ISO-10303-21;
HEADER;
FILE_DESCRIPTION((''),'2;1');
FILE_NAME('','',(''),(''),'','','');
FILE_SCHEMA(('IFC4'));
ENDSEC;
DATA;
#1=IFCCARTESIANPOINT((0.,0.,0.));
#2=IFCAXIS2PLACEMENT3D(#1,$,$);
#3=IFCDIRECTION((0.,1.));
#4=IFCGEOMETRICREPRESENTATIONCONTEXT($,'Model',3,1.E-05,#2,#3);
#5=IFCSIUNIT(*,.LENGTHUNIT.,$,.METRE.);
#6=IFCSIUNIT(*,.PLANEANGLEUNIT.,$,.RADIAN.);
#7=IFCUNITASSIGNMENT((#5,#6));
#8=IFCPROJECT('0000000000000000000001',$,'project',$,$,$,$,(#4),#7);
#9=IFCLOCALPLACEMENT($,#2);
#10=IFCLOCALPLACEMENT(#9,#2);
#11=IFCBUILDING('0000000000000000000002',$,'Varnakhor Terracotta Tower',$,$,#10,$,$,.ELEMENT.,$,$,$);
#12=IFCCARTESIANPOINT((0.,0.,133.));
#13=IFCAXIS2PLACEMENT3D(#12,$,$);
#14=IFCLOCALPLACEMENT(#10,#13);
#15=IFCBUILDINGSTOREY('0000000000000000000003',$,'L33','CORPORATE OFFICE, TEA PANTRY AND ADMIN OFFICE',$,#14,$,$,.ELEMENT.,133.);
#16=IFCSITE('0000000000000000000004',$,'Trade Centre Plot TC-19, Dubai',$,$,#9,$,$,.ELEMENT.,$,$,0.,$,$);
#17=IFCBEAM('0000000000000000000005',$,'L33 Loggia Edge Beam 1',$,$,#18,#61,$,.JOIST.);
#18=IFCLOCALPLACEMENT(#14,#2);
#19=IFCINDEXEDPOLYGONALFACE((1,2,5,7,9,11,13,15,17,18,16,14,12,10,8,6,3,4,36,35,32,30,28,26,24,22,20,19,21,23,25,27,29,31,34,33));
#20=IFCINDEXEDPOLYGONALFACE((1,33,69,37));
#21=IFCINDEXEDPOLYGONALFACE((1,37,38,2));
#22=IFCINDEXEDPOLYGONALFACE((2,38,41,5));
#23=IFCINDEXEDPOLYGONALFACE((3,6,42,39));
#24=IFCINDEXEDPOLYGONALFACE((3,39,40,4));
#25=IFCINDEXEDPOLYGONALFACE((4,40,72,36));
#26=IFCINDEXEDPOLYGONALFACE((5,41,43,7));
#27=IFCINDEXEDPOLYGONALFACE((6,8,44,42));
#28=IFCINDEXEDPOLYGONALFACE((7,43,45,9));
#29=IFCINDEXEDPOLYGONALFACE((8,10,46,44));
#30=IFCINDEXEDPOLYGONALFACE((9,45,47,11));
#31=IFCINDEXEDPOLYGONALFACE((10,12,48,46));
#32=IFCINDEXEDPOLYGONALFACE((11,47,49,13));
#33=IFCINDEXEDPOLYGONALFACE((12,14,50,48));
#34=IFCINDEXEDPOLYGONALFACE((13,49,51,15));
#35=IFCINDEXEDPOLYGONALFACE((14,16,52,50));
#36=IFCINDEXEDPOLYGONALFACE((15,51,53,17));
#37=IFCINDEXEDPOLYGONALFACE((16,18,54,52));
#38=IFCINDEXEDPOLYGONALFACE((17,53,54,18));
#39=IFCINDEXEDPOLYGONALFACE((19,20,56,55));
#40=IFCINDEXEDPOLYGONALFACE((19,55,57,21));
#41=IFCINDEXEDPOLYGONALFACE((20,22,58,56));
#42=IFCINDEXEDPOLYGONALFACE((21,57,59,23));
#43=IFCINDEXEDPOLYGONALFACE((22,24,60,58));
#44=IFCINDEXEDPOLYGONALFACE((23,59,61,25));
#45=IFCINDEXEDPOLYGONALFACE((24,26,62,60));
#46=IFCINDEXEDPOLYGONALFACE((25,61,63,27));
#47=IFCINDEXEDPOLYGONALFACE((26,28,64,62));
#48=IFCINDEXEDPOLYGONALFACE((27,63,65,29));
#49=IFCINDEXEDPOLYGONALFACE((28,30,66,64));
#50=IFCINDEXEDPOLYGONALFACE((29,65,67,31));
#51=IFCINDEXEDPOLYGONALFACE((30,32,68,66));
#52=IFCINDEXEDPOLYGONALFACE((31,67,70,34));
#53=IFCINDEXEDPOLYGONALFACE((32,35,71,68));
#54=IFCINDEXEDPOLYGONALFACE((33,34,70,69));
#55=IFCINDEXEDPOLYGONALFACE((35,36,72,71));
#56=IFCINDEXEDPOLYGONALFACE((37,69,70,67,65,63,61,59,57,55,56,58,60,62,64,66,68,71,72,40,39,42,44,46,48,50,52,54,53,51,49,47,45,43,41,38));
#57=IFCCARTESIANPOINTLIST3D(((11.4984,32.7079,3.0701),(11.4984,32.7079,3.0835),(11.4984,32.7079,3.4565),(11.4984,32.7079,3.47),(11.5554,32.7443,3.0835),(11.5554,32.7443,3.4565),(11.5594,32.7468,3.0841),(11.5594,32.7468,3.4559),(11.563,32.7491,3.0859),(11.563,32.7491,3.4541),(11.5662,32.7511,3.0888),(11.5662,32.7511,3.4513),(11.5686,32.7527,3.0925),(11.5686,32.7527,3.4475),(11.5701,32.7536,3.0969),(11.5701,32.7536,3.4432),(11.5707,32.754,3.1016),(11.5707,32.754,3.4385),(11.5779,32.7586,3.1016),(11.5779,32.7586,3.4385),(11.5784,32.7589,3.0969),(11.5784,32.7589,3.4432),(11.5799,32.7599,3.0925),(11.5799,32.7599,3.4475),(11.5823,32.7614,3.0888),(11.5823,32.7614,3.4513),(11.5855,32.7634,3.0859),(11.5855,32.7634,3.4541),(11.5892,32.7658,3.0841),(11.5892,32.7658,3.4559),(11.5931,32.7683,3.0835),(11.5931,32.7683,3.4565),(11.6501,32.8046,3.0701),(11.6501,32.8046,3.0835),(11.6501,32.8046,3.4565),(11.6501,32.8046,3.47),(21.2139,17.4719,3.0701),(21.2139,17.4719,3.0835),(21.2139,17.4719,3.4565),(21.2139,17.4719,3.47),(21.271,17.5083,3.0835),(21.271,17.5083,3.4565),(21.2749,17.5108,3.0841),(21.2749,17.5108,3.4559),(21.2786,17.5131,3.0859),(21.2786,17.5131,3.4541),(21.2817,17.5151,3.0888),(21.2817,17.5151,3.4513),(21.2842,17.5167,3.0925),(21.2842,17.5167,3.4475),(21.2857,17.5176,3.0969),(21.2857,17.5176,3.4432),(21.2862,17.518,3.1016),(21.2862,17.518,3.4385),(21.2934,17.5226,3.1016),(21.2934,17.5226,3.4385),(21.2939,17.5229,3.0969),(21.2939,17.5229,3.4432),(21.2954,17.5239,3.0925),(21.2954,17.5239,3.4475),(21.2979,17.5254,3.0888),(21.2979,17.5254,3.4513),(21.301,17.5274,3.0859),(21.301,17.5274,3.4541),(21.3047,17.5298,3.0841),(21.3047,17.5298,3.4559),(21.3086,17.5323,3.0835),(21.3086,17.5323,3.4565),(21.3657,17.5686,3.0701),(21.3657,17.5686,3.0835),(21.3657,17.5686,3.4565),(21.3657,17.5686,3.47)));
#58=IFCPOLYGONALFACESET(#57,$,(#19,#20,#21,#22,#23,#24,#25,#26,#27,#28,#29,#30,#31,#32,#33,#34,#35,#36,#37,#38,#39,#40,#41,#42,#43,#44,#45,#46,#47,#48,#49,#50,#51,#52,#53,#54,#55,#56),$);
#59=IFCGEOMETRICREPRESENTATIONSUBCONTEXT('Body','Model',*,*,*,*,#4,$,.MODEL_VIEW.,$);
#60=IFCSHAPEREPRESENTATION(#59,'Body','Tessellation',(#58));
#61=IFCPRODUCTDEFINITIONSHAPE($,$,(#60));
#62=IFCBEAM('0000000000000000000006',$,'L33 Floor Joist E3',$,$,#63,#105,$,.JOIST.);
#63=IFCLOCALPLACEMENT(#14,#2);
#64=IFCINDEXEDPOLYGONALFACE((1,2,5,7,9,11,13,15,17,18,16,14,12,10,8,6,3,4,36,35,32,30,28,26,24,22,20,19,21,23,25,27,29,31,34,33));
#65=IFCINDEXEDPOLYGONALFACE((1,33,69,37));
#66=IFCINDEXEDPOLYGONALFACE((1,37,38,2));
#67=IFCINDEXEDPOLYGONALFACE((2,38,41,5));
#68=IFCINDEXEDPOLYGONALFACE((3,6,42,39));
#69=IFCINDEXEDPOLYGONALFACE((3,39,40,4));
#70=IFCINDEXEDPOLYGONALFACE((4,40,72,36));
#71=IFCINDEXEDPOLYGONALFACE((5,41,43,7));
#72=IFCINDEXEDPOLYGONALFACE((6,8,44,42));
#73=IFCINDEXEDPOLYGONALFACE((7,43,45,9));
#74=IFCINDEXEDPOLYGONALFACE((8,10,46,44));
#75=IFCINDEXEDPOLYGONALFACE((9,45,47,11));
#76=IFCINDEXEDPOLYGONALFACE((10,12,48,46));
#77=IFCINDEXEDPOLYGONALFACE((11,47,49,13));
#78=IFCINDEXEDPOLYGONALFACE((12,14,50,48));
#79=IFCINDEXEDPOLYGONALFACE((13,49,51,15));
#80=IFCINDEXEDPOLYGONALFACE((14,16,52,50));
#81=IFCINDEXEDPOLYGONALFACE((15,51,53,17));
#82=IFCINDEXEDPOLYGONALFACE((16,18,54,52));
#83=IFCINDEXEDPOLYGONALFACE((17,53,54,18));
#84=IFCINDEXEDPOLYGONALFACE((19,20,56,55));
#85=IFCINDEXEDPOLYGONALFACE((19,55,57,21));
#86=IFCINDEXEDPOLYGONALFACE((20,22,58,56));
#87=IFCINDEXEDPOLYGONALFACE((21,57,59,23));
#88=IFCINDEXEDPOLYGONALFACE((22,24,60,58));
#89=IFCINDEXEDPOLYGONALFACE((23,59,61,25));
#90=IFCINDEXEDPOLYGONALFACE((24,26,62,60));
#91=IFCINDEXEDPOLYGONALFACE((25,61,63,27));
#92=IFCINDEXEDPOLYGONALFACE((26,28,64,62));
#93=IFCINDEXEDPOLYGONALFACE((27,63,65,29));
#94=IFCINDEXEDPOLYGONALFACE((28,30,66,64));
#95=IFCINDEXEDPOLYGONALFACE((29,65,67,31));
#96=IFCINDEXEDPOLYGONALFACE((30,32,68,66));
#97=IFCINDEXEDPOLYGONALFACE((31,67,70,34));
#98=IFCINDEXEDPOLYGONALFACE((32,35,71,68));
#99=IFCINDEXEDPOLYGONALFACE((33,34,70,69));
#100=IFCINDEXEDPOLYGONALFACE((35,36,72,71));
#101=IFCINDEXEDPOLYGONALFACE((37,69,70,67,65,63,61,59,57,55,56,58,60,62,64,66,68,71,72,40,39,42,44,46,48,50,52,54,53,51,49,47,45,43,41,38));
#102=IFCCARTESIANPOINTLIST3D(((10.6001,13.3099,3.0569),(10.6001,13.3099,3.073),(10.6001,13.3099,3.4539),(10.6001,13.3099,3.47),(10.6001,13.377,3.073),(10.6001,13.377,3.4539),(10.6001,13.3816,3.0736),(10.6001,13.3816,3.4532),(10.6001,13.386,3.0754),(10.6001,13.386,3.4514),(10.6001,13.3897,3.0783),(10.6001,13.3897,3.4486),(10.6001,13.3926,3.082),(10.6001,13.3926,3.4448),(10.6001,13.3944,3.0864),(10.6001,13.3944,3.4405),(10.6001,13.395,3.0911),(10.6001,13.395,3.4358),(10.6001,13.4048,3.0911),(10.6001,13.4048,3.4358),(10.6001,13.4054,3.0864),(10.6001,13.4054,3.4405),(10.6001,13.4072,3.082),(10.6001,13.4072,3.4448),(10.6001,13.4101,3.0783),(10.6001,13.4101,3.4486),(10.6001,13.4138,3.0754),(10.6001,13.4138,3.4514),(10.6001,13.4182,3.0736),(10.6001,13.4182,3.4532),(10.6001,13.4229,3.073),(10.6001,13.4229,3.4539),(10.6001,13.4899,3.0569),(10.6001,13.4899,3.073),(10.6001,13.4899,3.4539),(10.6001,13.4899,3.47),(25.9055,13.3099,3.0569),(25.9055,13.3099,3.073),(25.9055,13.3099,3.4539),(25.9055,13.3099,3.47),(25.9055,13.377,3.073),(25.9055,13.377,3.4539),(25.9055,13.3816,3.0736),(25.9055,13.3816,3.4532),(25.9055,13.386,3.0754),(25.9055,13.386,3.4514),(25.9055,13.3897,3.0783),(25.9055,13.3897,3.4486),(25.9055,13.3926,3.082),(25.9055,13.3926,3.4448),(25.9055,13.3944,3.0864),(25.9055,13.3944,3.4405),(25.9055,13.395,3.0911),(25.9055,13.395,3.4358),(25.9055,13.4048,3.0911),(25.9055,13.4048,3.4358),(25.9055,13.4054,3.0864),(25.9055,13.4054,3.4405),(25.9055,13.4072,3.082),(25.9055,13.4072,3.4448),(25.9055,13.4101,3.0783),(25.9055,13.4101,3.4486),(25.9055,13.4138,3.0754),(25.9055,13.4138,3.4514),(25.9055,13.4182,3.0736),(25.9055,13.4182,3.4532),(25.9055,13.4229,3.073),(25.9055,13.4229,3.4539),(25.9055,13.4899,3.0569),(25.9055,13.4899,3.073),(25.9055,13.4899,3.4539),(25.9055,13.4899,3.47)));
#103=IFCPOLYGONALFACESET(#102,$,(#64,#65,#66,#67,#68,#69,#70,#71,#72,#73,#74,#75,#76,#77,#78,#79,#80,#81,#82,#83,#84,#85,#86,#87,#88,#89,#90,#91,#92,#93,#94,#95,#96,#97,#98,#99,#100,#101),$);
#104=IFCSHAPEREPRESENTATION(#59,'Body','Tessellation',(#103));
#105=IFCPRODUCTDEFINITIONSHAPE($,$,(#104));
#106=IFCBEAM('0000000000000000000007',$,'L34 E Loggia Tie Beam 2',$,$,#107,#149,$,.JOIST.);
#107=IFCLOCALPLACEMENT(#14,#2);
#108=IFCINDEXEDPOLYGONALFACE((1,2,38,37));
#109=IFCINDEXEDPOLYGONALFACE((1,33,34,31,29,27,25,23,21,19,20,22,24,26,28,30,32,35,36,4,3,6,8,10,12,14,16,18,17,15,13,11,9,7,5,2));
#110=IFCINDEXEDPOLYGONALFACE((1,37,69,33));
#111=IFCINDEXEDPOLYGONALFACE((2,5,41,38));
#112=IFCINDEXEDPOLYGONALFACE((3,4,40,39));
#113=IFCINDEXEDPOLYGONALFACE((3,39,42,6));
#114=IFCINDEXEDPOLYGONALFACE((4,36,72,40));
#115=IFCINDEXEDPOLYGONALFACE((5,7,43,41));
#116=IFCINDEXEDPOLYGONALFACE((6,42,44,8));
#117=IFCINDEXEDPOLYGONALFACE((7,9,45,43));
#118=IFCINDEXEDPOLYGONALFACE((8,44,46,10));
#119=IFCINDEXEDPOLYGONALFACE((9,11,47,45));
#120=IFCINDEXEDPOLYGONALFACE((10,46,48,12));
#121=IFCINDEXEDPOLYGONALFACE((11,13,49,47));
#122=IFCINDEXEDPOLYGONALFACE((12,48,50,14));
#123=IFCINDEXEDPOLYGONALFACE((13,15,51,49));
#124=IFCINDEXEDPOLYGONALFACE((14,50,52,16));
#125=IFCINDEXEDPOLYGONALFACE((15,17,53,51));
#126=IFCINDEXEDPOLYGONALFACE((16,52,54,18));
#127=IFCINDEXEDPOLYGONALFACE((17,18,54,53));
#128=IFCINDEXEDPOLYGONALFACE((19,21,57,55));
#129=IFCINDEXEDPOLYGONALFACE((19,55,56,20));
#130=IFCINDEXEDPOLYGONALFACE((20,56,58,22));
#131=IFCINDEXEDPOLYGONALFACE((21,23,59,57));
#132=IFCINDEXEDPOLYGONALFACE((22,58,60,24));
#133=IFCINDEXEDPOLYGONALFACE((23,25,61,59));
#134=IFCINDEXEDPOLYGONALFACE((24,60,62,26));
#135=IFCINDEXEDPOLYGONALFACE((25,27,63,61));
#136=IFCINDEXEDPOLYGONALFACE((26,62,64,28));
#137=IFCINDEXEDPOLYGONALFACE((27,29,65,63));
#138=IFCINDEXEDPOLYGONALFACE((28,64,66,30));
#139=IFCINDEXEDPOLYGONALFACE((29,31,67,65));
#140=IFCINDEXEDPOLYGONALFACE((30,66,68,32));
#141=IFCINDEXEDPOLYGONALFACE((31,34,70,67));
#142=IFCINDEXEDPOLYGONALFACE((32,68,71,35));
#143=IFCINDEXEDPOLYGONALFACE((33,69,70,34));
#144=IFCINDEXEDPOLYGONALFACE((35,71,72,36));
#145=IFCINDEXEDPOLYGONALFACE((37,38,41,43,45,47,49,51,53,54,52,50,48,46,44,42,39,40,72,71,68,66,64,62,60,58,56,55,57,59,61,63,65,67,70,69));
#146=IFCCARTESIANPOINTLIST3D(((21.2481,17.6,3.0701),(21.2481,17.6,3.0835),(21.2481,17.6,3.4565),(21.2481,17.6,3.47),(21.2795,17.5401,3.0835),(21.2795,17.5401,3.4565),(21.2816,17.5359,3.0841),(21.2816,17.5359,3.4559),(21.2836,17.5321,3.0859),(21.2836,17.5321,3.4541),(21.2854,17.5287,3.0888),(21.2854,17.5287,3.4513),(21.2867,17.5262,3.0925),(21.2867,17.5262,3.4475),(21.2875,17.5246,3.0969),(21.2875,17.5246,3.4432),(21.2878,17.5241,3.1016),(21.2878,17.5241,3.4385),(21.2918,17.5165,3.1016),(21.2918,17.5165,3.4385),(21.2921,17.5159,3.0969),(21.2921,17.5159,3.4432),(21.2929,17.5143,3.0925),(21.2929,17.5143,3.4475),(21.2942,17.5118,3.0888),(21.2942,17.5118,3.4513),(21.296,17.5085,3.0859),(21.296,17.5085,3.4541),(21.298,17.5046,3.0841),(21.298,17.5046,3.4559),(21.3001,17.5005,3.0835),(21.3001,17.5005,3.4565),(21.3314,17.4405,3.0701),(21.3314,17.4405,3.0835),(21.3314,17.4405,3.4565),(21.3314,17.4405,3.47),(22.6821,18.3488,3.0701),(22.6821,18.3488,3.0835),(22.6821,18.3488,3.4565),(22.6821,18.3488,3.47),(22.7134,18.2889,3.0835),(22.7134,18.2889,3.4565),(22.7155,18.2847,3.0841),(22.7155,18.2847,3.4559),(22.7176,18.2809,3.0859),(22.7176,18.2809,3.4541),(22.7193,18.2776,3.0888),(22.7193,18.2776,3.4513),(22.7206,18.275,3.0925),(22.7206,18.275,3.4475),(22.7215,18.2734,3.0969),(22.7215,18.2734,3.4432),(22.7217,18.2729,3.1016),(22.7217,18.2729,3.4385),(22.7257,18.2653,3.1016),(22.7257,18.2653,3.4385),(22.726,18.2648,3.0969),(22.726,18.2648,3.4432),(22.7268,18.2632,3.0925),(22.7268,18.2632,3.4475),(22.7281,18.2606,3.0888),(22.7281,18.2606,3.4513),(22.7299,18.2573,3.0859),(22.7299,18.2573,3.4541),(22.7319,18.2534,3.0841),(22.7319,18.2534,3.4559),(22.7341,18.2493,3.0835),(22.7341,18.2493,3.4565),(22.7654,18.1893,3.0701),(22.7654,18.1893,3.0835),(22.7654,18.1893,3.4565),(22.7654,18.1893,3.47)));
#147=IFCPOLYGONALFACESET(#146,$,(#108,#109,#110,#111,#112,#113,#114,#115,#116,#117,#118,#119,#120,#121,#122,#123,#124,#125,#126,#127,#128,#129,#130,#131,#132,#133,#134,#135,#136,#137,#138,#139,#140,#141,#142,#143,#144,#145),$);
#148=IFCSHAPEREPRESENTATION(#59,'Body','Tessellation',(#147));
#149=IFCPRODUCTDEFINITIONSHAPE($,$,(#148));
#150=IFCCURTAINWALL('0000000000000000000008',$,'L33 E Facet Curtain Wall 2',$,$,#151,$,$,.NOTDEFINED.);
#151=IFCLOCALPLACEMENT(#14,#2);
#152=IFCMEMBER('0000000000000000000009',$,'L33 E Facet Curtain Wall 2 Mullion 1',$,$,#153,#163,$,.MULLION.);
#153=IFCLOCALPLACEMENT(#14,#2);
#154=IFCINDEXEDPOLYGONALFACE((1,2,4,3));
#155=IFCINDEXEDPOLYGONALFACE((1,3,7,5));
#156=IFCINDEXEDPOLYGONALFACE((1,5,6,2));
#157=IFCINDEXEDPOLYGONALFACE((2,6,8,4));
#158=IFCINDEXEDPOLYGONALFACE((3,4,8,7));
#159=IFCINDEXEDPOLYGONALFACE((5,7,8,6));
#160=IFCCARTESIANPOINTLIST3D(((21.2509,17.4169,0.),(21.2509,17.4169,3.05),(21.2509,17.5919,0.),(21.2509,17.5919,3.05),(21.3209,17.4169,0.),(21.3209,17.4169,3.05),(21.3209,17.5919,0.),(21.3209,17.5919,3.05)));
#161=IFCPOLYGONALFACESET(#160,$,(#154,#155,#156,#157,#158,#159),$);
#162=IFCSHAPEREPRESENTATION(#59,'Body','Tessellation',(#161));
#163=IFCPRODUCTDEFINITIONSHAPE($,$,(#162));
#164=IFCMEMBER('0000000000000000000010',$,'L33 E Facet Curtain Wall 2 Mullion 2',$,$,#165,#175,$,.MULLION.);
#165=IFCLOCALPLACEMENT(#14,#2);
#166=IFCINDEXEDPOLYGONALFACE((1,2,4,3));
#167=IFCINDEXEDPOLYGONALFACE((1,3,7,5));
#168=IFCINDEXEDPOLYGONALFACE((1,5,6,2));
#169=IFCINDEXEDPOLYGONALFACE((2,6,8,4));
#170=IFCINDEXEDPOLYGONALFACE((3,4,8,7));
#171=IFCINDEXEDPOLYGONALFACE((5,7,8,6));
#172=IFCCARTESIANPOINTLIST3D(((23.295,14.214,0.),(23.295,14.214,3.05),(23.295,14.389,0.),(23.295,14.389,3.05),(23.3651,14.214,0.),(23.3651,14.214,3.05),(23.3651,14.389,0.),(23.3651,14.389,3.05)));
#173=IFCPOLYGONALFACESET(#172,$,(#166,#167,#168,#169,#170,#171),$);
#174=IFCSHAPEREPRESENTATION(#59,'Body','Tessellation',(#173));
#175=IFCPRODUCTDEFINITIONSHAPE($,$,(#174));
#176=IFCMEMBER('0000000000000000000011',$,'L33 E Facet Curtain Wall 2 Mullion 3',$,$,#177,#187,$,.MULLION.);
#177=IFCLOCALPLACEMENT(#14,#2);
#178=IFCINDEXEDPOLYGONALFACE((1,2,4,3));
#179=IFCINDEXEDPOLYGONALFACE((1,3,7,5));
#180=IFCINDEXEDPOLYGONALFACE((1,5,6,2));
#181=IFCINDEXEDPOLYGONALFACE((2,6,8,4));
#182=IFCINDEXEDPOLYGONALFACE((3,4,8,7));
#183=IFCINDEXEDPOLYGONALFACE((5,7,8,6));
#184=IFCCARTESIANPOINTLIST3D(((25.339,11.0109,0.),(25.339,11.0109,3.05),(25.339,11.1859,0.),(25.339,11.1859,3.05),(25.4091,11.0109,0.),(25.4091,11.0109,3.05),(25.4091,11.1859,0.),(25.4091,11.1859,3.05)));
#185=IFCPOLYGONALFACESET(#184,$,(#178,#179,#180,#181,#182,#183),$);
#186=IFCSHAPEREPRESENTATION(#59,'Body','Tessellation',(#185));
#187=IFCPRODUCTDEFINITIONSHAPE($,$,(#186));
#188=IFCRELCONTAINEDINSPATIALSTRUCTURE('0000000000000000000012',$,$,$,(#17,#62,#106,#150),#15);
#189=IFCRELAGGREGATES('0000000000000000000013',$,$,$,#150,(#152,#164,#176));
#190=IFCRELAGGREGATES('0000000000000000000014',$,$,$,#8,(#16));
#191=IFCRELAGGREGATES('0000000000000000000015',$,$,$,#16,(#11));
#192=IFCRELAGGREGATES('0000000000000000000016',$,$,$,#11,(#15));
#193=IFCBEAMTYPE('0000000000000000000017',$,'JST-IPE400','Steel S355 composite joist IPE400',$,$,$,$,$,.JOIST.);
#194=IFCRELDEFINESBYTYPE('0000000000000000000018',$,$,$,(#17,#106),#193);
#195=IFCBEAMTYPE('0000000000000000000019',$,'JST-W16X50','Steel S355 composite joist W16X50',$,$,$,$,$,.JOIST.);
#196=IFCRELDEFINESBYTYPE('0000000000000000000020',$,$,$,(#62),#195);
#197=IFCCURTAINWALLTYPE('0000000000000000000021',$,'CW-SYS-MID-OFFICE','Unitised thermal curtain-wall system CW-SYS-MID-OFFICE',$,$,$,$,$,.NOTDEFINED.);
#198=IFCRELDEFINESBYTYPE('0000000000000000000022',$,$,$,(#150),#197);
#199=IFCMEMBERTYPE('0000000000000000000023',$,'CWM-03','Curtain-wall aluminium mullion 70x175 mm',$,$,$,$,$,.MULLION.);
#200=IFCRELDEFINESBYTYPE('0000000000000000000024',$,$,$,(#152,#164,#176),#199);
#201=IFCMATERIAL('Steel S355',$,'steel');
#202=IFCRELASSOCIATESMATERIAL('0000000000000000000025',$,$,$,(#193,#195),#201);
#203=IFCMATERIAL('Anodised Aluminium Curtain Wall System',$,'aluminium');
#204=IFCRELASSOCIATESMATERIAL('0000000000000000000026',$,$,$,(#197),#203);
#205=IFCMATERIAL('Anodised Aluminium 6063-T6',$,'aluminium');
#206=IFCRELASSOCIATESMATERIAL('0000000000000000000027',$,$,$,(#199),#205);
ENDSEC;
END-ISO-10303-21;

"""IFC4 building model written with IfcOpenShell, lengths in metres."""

from ifc_helpers import new_model, si_unit, direction, frame, origin, origin_2d, place, context, subcontext, project, spatial, rectangle, i_section, extrude, source, transform, mapped, material, material_profile, profile_set, type_object, element, aggregate, save


model = new_model("IFC4")

# Units and contexts
model_context = context("Model", 3, precision=1e-05, world=origin(), true_north=direction((0.0, 1.0)))
body_context = subcontext(model_context, "Body", "Model", "MODEL_VIEW")
ifc_project = project(units=[si_unit("LENGTHUNIT", "METRE"), si_unit("PLANEANGLEUNIT", "RADIAN")], contexts=[model_context])

# Site, building, storey
site_placement = place(None, origin())
site = spatial("IfcSite", under=ifc_project, at=site_placement, Name="Trade Centre Plot TC-19, Dubai", CompositionType="ELEMENT", RefElevation=0.0)
building_placement = place(site_placement, origin())
building = spatial("IfcBuilding", under=site, at=building_placement, Name="Varnakhor Terracotta Tower", CompositionType="ELEMENT")
storey_placement = place(building_placement, frame((0.0, 0.0, 133.0)))
storey = spatial("IfcBuildingStorey", under=building, at=storey_placement, Name="L33", Description="CORPORATE OFFICE, TEA PANTRY AND ADMIN OFFICE", CompositionType="ELEMENT", Elevation=133.0)

# Beams
ifc_material_1 = material(Name="Steel S355", Category="steel")
ifc_material_profile_1 = material_profile(ifc_material_1, i_section(OverallWidth=0.1799, OverallDepth=0.3999, WebThickness=0.0085, FlangeThickness=0.0134, FilletRadius=0.0181, at=origin_2d()), Name="IPE400")
ifc_profile_set_1 = profile_set([ifc_material_profile_1], Name="Steel S355")
beam_type_1 = type_object("IfcBeamType", Name="JST-IPE400", Description="Steel S355 composite joist IPE400", PredefinedType="JOIST", material=ifc_profile_set_1)
shared_shape_1 = source(origin(), body_context, "Body", "SweptSolid", [
    extrude(i_section(OverallWidth=0.1799, OverallDepth=0.3999, WebThickness=0.0085, FlangeThickness=0.0134, FilletRadius=0.0181, at=origin_2d()), origin(), (0.0, 0.0, 1.0), 18.0701),
])
beam_1_placement = place(storey_placement, frame((21.2898, 17.5203, 3.27), z_axis=(-0.537659, 0.843163, 0.0), x_axis=(-0.843163, -0.537659, 0.0)))
element("IfcBeam", 1, at=beam_1_placement, inside=storey, type_object=beam_type_1, Name="L33 Loggia Edge Beam 1", PredefinedType="JOIST", context=body_context, shape_type="MappedRepresentation", body=[
    mapped(shared_shape_1, transform((0.0, 0.0, 0.0), scale=1.0)),
])
ifc_material_profile_2 = material_profile(ifc_material_1, i_section(OverallWidth=0.1799, OverallDepth=0.4131, WebThickness=0.0098, FlangeThickness=0.0161, FilletRadius=0.0181, at=origin_2d()), Name="W16X50")
ifc_profile_set_2 = profile_set([ifc_material_profile_2], Name="Steel S355")
beam_type_2 = type_object("IfcBeamType", Name="JST-W16X50", Description="Steel S355 composite joist W16X50", PredefinedType="JOIST", material=ifc_profile_set_2)
shared_shape_2 = source(origin(), body_context, "Body", "SweptSolid", [
    extrude(i_section(OverallWidth=0.1799, OverallDepth=0.4131, WebThickness=0.0098, FlangeThickness=0.0161, FilletRadius=0.0181, at=origin_2d()), origin(), (0.0, 0.0, 1.0), 15.3054),
])
beam_2_placement = place(storey_placement, frame((10.6001, 13.3999, 3.2634), z_axis=(1.0, 0.0, 0.0), x_axis=(0.0, 1.0, 0.0)))
element("IfcBeam", 2, at=beam_2_placement, inside=storey, type_object=beam_type_2, Name="L33 Floor Joist E3", PredefinedType="JOIST", context=body_context, shape_type="MappedRepresentation", body=[
    mapped(shared_shape_2, transform((0.0, 0.0, 0.0), scale=1.0)),
])
shared_shape_3 = source(origin(), body_context, "Body", "SweptSolid", [
    extrude(i_section(OverallWidth=0.1799, OverallDepth=0.3999, WebThickness=0.0085, FlangeThickness=0.0134, FilletRadius=0.0181, at=origin_2d()), origin(), (0.0, 0.0, 1.0), 1.6177),
])
beam_3_placement = place(storey_placement, frame((21.2898, 17.5203, 3.27), z_axis=(0.88641, 0.462901, 0.0), x_axis=(-0.462901, 0.88641, 0.0)))
element("IfcBeam", 3, at=beam_3_placement, inside=storey, type_object=beam_type_1, Name="L34 E Loggia Tie Beam 2", PredefinedType="JOIST", context=body_context, shape_type="MappedRepresentation", body=[
    mapped(shared_shape_3, transform((0.0, 0.0, 0.0), scale=1.0)),
])

# Curtain wall, members
ifc_material_2 = material(Name="Anodised Aluminium Curtain Wall System", Category="aluminium")
curtain_wall_type = type_object("IfcCurtainWallType", Name="CW-SYS-MID-OFFICE", Description="Unitised thermal curtain-wall system CW-SYS-MID-OFFICE", PredefinedType="NOTDEFINED", material=ifc_material_2)
curtain_wall_placement = place(storey_placement, origin())
curtain_wall = element("IfcCurtainWall", 4, at=curtain_wall_placement, inside=storey, type_object=curtain_wall_type, Name="L33 E Facet Curtain Wall 2", PredefinedType="NOTDEFINED")
ifc_material_3 = material(Name="Anodised Aluminium 6063-T6", Category="aluminium")
ifc_material_profile_3 = material_profile(ifc_material_3, rectangle(XDim=0.0701, YDim=0.175, at=origin_2d()), Name="ALU MULLION 70x175")
ifc_profile_set_3 = profile_set([ifc_material_profile_3], Name="Anodised Aluminium 6063-T6")
member_type_1 = type_object("IfcMemberType", Name="CWM-03", Description="Curtain-wall aluminium mullion 70x175 mm", PredefinedType="MULLION", material=ifc_profile_set_3)
shared_shape_4 = source(origin(), body_context, "Body", "SweptSolid", [
    extrude(rectangle(XDim=0.0701, YDim=0.175, at=origin_2d()), origin(), (0.0, 0.0, 1.0), 3.05),
])
member_1_placement = place(storey_placement, frame((21.2859, 17.5044, 0.0), z_axis=(0.0, 0.0, 1.0), x_axis=(1.0, 0.0, 0.0)))
member_1 = element("IfcMember", 5, at=member_1_placement, type_object=member_type_1, Name="L33 E Facet Curtain Wall 2 Mullion 1", PredefinedType="MULLION", context=body_context, shape_type="MappedRepresentation", body=[
    mapped(shared_shape_4, transform((0.0, 0.0, 0.0), scale=1.0)),
])
member_2_placement = place(storey_placement, frame((23.3301, 14.3015, 0.0), z_axis=(0.0, 0.0, 1.0), x_axis=(1.0, 0.0, 0.0)))
member_2 = element("IfcMember", 6, at=member_2_placement, type_object=member_type_1, Name="L33 E Facet Curtain Wall 2 Mullion 2", PredefinedType="MULLION", context=body_context, shape_type="MappedRepresentation", body=[
    mapped(shared_shape_4, transform((0.0, 0.0, 0.0), scale=1.0)),
])
member_3_placement = place(storey_placement, frame((25.374, 11.0984, 0.0), z_axis=(0.0, 0.0, 1.0), x_axis=(1.0, 0.0, 0.0)))
member_3 = element("IfcMember", 7, at=member_3_placement, type_object=member_type_1, Name="L33 E Facet Curtain Wall 2 Mullion 3", PredefinedType="MULLION", context=body_context, shape_type="MappedRepresentation", body=[
    mapped(shared_shape_4, transform((0.0, 0.0, 0.0), scale=1.0)),
])
aggregate(curtain_wall, [member_1, member_2, member_3])

save(model, "model.ifc")
